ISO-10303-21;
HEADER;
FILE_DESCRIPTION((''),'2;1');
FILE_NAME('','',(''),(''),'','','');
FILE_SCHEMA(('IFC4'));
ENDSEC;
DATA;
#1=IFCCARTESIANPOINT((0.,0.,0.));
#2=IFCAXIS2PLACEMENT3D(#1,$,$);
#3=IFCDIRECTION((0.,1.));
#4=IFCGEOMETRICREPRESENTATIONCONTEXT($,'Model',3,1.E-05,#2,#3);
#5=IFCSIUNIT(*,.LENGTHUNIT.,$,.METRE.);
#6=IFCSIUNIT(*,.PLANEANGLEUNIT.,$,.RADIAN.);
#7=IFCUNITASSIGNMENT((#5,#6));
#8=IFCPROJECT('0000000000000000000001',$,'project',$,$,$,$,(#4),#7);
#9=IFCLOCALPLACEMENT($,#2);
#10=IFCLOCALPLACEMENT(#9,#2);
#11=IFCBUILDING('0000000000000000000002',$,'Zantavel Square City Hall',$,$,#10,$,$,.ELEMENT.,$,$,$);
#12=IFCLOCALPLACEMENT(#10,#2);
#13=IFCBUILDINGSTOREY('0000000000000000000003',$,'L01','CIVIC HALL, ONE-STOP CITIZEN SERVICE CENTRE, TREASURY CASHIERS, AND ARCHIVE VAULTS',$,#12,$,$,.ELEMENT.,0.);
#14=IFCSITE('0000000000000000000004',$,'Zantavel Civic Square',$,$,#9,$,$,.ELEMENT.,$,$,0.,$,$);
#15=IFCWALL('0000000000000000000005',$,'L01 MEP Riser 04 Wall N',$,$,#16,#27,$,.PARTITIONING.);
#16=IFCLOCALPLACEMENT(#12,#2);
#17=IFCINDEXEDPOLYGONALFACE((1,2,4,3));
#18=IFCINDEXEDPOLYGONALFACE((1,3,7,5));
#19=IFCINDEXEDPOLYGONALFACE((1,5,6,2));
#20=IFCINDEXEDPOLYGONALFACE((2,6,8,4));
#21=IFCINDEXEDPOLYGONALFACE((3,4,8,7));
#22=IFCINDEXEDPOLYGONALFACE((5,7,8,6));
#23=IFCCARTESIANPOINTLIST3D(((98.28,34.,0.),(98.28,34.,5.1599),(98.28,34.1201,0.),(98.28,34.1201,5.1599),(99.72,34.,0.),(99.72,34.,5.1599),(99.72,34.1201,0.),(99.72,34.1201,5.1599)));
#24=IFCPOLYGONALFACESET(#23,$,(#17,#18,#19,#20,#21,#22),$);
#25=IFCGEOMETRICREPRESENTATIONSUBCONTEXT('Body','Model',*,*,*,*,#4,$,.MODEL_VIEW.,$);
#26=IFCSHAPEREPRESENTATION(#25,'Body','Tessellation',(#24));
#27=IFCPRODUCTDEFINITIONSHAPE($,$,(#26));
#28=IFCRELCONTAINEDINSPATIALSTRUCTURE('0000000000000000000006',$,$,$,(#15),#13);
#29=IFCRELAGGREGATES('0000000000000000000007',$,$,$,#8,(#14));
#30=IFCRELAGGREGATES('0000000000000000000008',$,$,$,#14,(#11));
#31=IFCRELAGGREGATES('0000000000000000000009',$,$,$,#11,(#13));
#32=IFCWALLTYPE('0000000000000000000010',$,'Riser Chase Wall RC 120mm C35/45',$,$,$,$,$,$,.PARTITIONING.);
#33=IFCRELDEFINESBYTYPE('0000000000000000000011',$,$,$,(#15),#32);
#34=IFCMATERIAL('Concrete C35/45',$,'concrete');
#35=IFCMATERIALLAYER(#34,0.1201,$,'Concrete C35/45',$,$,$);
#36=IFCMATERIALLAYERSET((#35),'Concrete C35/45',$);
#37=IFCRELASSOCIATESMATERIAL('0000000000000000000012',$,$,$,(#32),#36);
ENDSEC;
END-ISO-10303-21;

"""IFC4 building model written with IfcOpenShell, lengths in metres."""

from ifc_helpers import new_model, si_unit, direction, frame, frame_2d, origin, place, context, subcontext, project, spatial, rectangle, extrude, material, layer, layer_set, type_object, element, save


model = new_model("IFC4")

# Units and contexts
model_context = context("Model", 3, precision=1e-05, world=origin(), true_north=direction((0.0, 1.0)))
body_context = subcontext(model_context, "Body", "Model", "MODEL_VIEW")
ifc_project = project(units=[si_unit("LENGTHUNIT", "METRE"), si_unit("PLANEANGLEUNIT", "RADIAN")], contexts=[model_context])

# Site, building, storey
site_placement = place(None, origin())
site = spatial("IfcSite", under=ifc_project, at=site_placement, Name="Zantavel Civic Square", CompositionType="ELEMENT", RefElevation=0.0)
building_placement = place(site_placement, origin())
building = spatial("IfcBuilding", under=site, at=building_placement, Name="Zantavel Square City Hall", CompositionType="ELEMENT")
storey_placement = place(building_placement, origin())
storey = spatial("IfcBuildingStorey", under=building, at=storey_placement, Name="L01", Description="CIVIC HALL, ONE-STOP CITIZEN SERVICE CENTRE, TREASURY CASHIERS, AND ARCHIVE VAULTS", CompositionType="ELEMENT", Elevation=0.0)

# Shared definitions
ifc_material_1 = material(Name="Concrete C35/45", Category="concrete")

# Wall
ifc_layer_1 = layer(ifc_material_1, 0.1201, Name="Concrete C35/45")
ifc_layer_set_1 = layer_set([ifc_layer_1], Name="Concrete C35/45")
wall_type = type_object("IfcWallType", Name="Riser Chase Wall RC 120mm C35/45", PredefinedType="PARTITIONING", material=ifc_layer_set_1)
wall_1_placement = place(storey_placement, frame((98.28, 34.0601, 0.0), z_axis=(0.0, 0.0, 1.0), x_axis=(1.0, 0.0, 0.0)))
element("IfcWall", 1, at=wall_1_placement, inside=storey, type_object=wall_type, Name="L01 MEP Riser 04 Wall N", PredefinedType="PARTITIONING", context=body_context, shape_type="SweptSolid", body=[
    extrude(rectangle(XDim=1.4399, YDim=0.1201, at=frame_2d((0.72, 0.0))), origin(), (0.0, 0.0, 1.0), 5.1599),
])

save(model, "model.ifc")
